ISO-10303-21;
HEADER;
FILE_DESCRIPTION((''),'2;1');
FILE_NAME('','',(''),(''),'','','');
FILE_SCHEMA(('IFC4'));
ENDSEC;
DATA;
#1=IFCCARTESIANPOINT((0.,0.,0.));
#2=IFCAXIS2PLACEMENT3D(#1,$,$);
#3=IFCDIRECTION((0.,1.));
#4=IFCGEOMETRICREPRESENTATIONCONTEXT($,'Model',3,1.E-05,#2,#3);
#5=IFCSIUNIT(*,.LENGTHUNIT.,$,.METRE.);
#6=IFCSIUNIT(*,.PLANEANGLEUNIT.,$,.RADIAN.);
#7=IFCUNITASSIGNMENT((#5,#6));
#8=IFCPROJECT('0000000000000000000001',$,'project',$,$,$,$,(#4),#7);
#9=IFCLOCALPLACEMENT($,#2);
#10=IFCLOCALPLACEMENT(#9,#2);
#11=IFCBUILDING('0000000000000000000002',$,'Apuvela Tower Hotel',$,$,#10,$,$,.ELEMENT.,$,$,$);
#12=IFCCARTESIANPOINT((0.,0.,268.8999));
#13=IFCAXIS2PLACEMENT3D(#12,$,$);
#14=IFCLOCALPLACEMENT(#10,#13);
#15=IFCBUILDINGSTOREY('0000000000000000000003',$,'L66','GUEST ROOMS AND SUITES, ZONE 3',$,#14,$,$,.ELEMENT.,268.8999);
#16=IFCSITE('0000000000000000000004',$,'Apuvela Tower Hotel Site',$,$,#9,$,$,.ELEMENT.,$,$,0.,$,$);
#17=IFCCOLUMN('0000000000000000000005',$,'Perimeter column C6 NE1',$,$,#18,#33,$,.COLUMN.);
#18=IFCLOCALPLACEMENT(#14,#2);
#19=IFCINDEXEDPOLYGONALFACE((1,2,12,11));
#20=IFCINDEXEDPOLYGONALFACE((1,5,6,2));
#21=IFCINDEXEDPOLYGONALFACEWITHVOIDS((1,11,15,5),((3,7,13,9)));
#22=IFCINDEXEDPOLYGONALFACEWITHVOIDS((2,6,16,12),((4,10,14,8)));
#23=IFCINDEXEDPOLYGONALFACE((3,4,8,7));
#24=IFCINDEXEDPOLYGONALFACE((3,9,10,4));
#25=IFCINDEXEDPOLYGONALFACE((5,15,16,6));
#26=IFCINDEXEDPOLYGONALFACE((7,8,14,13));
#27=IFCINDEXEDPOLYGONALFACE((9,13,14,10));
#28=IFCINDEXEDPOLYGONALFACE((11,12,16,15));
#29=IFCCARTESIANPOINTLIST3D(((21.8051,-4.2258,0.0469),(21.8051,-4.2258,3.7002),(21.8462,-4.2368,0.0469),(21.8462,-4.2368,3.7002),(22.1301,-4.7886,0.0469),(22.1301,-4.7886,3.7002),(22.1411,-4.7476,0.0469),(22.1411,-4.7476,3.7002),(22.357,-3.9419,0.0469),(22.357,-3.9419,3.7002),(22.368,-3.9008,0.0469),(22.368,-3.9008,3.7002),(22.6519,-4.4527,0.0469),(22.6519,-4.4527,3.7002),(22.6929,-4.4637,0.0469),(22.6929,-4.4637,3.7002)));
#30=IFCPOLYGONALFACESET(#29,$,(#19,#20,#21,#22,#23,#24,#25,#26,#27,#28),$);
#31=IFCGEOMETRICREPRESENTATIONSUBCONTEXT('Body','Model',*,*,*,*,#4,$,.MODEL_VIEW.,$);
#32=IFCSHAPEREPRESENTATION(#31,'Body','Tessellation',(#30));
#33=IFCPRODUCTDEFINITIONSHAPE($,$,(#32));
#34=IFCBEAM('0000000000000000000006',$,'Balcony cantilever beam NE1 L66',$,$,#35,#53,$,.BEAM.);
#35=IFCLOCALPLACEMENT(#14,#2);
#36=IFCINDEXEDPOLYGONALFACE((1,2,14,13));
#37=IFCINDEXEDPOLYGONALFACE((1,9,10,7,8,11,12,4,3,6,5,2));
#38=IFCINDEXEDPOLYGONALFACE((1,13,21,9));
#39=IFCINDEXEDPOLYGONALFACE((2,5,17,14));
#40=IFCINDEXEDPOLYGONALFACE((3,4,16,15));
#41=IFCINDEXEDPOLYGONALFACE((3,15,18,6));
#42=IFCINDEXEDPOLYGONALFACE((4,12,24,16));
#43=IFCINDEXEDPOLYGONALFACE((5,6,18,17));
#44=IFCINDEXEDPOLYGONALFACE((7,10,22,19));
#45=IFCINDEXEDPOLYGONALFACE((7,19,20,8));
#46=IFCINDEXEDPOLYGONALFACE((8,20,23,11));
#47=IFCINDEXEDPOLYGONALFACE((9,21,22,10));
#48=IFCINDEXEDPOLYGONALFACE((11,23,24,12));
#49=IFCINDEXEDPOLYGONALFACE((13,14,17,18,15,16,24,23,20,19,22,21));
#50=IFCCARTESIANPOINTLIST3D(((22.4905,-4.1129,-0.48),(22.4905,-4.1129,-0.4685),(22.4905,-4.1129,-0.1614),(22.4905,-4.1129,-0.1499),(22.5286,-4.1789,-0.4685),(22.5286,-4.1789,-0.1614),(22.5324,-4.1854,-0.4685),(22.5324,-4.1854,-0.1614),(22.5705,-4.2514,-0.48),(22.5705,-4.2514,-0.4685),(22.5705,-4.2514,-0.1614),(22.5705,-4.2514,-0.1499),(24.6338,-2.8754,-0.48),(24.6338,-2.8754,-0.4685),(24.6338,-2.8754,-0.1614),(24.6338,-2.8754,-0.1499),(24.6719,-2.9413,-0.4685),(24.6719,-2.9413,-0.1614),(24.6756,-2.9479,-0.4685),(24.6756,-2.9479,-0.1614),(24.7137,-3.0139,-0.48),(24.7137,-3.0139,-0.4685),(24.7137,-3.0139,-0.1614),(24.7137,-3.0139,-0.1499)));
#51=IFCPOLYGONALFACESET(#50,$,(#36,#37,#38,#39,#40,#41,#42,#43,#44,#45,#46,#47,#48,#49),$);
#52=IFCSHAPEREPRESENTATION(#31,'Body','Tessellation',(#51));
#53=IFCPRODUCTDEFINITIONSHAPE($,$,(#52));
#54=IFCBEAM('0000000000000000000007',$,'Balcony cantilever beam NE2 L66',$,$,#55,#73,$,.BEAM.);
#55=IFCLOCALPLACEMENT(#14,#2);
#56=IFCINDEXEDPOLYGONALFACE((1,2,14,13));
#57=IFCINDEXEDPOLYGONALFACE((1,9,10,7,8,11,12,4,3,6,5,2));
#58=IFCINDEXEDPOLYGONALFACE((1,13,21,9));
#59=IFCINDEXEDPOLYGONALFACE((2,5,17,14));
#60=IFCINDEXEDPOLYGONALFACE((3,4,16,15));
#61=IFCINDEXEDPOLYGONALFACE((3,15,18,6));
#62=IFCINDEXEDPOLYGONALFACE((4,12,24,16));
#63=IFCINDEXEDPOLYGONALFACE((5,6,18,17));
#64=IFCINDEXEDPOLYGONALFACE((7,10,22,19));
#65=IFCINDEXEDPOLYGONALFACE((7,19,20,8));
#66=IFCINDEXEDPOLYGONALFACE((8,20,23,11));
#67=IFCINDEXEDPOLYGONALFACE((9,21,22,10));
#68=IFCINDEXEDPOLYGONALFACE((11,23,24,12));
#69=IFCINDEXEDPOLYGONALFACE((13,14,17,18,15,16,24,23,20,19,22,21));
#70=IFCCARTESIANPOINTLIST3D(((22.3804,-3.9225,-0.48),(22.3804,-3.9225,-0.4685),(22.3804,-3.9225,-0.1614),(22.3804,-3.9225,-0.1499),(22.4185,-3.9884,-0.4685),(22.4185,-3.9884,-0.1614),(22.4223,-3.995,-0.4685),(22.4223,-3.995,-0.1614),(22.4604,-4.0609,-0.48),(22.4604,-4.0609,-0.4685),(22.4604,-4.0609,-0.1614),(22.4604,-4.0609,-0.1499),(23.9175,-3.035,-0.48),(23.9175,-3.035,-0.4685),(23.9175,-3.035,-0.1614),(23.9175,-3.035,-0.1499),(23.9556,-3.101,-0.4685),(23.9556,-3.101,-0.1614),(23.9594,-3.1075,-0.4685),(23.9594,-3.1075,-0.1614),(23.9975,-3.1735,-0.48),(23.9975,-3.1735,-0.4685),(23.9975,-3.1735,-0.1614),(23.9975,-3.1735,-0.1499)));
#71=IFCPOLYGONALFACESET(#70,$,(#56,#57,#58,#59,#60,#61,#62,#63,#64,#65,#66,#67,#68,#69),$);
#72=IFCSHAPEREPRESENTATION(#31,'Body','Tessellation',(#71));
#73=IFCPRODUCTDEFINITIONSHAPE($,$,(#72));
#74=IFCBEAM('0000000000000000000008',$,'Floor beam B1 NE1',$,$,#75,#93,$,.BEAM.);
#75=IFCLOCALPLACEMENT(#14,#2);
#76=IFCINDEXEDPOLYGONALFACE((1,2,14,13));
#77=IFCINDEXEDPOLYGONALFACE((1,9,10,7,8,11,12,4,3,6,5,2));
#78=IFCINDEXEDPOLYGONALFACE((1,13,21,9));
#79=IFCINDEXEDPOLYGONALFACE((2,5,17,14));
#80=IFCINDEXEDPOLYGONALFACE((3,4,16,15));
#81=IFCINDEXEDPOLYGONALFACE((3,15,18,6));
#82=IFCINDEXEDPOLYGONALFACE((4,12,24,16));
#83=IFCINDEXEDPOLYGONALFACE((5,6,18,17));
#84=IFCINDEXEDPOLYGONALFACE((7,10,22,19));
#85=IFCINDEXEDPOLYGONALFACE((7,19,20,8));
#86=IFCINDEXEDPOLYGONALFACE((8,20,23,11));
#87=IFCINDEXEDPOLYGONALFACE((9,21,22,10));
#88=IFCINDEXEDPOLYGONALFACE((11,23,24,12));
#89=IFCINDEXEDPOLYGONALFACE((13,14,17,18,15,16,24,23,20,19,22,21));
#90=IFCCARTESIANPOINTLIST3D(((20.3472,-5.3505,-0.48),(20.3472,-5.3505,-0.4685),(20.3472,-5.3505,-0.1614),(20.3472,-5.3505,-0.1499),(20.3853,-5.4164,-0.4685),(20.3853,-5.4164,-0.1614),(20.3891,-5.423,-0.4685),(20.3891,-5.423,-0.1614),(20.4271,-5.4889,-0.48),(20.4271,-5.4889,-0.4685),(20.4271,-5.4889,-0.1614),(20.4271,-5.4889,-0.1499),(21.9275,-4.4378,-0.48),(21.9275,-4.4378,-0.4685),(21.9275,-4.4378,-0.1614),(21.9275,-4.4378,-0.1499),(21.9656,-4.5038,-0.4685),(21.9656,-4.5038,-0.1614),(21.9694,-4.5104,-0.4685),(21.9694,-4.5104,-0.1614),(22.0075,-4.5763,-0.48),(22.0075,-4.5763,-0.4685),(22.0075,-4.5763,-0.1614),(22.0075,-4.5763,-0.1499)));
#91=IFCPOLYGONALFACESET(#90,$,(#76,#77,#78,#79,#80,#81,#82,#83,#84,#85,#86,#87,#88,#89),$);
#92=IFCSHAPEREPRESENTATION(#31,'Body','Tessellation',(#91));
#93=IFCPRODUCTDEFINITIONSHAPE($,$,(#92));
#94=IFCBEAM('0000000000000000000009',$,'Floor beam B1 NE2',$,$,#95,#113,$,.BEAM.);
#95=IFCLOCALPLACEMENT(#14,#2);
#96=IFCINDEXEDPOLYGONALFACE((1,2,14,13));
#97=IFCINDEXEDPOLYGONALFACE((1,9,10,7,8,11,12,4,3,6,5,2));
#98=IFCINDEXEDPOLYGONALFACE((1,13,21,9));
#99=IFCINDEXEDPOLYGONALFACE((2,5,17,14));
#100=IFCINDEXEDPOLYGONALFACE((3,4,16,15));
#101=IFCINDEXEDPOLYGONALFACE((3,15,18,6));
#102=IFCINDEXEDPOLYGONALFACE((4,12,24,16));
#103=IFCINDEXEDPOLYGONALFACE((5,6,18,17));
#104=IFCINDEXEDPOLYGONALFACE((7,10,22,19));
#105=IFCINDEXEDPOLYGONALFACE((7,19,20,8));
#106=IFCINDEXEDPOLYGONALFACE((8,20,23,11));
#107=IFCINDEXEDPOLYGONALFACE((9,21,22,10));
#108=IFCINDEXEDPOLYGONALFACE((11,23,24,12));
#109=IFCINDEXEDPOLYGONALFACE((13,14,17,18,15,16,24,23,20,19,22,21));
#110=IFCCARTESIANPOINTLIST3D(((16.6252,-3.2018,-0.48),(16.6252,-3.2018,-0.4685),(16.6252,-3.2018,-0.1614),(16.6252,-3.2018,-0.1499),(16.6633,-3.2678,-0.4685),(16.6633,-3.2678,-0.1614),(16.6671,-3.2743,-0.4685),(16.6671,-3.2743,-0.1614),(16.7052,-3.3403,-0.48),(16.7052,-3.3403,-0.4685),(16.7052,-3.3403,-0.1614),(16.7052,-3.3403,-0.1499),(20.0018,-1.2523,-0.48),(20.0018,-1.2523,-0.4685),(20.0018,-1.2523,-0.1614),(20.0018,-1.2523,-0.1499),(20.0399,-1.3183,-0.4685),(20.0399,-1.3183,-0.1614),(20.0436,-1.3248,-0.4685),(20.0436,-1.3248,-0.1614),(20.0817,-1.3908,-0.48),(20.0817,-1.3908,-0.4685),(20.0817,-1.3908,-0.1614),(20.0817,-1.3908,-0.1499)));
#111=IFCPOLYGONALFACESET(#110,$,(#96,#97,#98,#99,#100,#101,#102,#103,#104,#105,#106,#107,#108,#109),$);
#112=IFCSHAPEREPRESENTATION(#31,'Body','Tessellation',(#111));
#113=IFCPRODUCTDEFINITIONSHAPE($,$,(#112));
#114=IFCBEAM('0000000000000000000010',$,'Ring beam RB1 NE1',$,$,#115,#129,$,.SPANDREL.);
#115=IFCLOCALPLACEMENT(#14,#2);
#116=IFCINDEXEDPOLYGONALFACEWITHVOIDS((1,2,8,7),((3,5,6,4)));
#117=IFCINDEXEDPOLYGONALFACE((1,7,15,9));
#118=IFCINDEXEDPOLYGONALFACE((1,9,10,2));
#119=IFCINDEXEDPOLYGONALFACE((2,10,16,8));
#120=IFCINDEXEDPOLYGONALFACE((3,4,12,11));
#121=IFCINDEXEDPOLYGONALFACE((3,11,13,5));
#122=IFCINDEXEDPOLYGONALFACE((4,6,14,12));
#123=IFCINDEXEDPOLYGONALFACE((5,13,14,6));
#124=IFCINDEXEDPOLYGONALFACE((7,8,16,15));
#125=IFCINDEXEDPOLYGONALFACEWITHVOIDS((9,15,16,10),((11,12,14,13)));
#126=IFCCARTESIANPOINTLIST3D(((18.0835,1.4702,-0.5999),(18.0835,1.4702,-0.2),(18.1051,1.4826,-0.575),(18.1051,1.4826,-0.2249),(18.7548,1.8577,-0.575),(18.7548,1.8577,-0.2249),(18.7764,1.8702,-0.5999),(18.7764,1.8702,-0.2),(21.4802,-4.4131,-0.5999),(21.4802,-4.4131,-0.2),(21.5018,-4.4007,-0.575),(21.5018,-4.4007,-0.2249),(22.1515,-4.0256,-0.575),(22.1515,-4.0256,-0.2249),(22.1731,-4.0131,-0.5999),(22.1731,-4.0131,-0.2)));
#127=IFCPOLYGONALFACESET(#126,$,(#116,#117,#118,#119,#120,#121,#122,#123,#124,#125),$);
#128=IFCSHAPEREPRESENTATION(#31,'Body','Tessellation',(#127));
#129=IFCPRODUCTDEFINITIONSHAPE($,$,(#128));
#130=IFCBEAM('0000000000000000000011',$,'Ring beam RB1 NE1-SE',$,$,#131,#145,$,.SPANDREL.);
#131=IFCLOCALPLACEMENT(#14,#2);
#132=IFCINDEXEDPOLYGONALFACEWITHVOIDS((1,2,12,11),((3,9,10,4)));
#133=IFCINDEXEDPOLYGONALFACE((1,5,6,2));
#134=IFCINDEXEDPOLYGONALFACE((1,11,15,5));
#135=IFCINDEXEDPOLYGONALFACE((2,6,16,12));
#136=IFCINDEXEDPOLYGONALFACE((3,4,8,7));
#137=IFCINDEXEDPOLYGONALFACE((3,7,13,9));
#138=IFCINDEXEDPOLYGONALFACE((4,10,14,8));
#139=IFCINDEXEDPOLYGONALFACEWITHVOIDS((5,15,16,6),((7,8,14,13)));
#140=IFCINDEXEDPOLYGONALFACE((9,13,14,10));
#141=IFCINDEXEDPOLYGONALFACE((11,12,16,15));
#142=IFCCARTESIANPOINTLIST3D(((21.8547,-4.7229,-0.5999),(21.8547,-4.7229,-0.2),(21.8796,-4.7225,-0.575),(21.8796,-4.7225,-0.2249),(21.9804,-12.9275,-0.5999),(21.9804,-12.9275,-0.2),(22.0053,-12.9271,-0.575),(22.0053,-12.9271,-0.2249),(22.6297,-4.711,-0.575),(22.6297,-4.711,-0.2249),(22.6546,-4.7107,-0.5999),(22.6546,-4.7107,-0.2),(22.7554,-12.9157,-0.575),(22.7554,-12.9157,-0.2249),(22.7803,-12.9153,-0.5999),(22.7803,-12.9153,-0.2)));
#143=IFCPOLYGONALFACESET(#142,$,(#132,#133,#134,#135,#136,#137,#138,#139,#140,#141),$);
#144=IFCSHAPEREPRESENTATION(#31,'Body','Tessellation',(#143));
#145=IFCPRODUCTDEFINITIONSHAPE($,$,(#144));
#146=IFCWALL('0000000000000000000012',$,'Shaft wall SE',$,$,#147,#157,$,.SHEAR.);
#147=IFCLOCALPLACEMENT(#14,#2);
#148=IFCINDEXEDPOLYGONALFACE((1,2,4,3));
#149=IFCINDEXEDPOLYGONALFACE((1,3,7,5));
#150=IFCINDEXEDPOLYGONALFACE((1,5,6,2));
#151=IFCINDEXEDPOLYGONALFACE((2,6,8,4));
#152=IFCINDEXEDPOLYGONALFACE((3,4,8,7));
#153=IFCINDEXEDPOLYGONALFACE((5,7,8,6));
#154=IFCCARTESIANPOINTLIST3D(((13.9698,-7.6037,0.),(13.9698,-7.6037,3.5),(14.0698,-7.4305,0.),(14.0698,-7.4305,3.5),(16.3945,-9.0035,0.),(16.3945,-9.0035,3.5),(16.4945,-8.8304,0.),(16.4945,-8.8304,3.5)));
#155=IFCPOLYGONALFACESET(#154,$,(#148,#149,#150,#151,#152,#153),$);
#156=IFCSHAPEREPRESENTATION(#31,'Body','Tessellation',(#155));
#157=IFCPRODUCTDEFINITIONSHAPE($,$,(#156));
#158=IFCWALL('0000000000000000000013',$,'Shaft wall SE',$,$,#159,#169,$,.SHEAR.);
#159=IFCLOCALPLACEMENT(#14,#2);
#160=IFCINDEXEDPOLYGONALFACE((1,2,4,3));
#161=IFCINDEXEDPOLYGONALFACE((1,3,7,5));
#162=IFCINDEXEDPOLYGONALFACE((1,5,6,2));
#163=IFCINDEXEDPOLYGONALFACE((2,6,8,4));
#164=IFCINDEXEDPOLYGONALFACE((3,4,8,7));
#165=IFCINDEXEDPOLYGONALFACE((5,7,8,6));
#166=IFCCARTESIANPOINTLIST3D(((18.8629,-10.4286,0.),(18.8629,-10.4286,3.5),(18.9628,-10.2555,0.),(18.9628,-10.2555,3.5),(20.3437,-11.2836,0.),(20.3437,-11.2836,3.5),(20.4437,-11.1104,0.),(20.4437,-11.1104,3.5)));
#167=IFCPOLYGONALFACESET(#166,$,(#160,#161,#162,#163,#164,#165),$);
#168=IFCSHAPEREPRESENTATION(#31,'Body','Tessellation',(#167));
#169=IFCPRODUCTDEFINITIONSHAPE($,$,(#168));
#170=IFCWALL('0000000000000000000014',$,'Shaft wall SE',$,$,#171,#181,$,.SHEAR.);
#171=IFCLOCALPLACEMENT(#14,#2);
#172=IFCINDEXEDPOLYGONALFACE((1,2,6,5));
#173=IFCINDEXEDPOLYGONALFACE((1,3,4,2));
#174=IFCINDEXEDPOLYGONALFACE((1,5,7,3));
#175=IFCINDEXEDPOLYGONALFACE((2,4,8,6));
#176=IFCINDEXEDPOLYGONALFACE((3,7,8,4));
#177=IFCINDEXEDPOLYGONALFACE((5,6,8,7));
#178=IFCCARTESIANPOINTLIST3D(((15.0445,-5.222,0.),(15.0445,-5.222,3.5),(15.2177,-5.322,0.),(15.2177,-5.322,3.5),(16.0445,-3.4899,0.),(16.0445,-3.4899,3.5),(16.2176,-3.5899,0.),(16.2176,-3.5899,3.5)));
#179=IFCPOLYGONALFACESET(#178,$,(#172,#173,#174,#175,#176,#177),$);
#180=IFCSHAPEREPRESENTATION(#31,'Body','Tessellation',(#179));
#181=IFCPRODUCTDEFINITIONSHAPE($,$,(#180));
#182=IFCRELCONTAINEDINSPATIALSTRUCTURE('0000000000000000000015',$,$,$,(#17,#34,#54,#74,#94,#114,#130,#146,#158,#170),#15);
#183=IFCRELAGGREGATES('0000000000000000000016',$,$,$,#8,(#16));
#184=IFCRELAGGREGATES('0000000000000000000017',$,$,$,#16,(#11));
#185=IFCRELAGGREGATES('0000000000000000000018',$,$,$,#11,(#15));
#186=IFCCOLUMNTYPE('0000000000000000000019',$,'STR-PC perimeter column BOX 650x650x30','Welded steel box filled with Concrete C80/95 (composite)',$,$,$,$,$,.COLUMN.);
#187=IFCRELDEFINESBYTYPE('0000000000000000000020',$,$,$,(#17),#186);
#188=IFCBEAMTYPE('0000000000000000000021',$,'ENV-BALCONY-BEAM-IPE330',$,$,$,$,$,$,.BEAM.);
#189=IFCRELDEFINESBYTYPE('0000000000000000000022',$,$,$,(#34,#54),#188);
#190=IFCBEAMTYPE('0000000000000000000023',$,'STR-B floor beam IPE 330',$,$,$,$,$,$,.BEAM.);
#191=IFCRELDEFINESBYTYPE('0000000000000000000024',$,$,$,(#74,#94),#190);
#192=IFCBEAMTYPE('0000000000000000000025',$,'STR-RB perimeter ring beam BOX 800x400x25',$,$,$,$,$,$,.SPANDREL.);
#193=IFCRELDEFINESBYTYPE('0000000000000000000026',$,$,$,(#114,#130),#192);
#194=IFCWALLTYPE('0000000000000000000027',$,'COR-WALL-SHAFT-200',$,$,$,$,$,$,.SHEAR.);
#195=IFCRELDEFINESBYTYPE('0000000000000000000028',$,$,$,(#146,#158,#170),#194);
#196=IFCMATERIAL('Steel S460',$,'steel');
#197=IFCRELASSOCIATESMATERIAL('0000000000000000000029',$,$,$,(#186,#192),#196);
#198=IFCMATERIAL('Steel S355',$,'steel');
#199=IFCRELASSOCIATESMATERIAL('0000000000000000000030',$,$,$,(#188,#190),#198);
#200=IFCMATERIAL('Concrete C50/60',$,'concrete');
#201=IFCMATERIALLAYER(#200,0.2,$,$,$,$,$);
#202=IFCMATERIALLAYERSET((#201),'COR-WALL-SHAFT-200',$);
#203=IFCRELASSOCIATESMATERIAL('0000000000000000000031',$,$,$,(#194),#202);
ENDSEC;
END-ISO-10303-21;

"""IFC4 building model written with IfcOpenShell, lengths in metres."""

from ifc_helpers import new_model, si_unit, direction, frame, frame_2d, origin, origin_2d, place, context, subcontext, project, spatial, rectangle, hollow_rectangle, i_section, extrude, boolean, halfspace, material, layer, layer_set, material_profile, profile_set, type_object, element, save


model = new_model("IFC4")

# Units and contexts
model_context = context("Model", 3, precision=1e-05, world=origin(), true_north=direction((0.0, 1.0)))
body_context = subcontext(model_context, "Body", "Model", "MODEL_VIEW")
ifc_project = project(units=[si_unit("LENGTHUNIT", "METRE"), si_unit("PLANEANGLEUNIT", "RADIAN")], contexts=[model_context])

# Site, building, storey
site_placement = place(None, origin())
site = spatial("IfcSite", under=ifc_project, at=site_placement, Name="Apuvela Tower Hotel Site", CompositionType="ELEMENT", RefElevation=0.0)
building_placement = place(site_placement, origin())
building = spatial("IfcBuilding", under=site, at=building_placement, Name="Apuvela Tower Hotel", CompositionType="ELEMENT")
storey_placement = place(building_placement, frame((0.0, 0.0, 268.8999)))
storey = spatial("IfcBuildingStorey", under=building, at=storey_placement, Name="L66", Description="GUEST ROOMS AND SUITES, ZONE 3", CompositionType="ELEMENT", Elevation=268.8999)

# Column
ifc_material_1 = material(Name="Steel S460", Category="steel")
ifc_material_profile_1 = material_profile(ifc_material_1, hollow_rectangle(XDim=0.6499, YDim=0.6499, WallThickness=0.03, at=origin_2d()), Name="BOX 650x650x30")
ifc_material_2 = material(Name="Concrete C80/95", Category="concrete")
ifc_material_profile_2 = material_profile(ifc_material_2, rectangle(XDim=0.5901, YDim=0.5901, at=origin_2d()), Name="Concrete C80/95 infill")
ifc_profile_set_1 = profile_set([ifc_material_profile_1, ifc_material_profile_2], Name="Steel S460")
column_type = type_object("IfcColumnType", Name="STR-PC perimeter column BOX 650x650x30", Description="Welded steel box filled with Concrete C80/95 (composite)", PredefinedType="COLUMN", material=ifc_profile_set_1)
column_placement = place(storey_placement, frame((22.249, -4.3447, 0.0), z_axis=(0.0, 0.0, 1.0), x_axis=(-0.5, 0.866025, 0.0)))
element("IfcColumn", 1, at=column_placement, inside=storey, type_object=column_type, Name="Perimeter column C6 NE1", PredefinedType="COLUMN", context=body_context, shape_type="SweptSolid", body=[
    boolean("DIFFERENCE", extrude(hollow_rectangle(XDim=0.6499, YDim=0.6499, WallThickness=0.03, at=origin_2d()), origin(), (0.0, 0.0, 1.0), 3.7002), halfspace(frame((0.0, 0.0, 0.0469), z_axis=(0.0, 0.0, 1.0), x_axis=(1.0, 0.0, 0.0)), True)),
])

# Beams
ifc_material_3 = material(Name="Steel S355", Category="steel")
ifc_material_profile_3 = material_profile(ifc_material_3, i_section(OverallWidth=0.1599, OverallDepth=0.3301, WebThickness=0.0076, FlangeThickness=0.0115, at=origin_2d()), Name="IPE 330")
ifc_profile_set_2 = profile_set([ifc_material_profile_3], Name="Steel S355")
beam_type_1 = type_object("IfcBeamType", Name="ENV-BALCONY-BEAM-IPE330", PredefinedType="BEAM", material=ifc_profile_set_2)
beam_1_placement = place(storey_placement, frame((22.5305, -4.1821, -0.3149), z_axis=(0.866007, 0.500033, 0.0), x_axis=(-0.500033, 0.866007, 0.0)))
element("IfcBeam", 2, at=beam_1_placement, inside=storey, type_object=beam_type_1, Name="Balcony cantilever beam NE1 L66", PredefinedType="BEAM", context=body_context, shape_type="SweptSolid", body=[
    extrude(i_section(OverallWidth=0.1599, OverallDepth=0.3301, WebThickness=0.0076, FlangeThickness=0.0115, at=origin_2d()), origin(), (0.0, 0.0, 1.0), 2.4749),
])
beam_2_placement = place(storey_placement, frame((22.4204, -3.9917, -0.3149), z_axis=(0.866025, 0.5, 0.0), x_axis=(-0.5, 0.866025, 0.0)))
element("IfcBeam", 3, at=beam_2_placement, inside=storey, type_object=beam_type_1, Name="Balcony cantilever beam NE2 L66", PredefinedType="BEAM", context=body_context, shape_type="SweptSolid", body=[
    extrude(i_section(OverallWidth=0.1599, OverallDepth=0.3301, WebThickness=0.0076, FlangeThickness=0.0115, at=origin_2d()), origin(), (0.0, 0.0, 1.0), 1.7749),
])
ifc_material_profile_4 = material_profile(ifc_material_3, i_section(OverallWidth=0.1599, OverallDepth=0.3301, WebThickness=0.0076, FlangeThickness=0.0115, at=origin_2d()), Name="IPE 330")
ifc_profile_set_3 = profile_set([ifc_material_profile_4], Name="Steel S355")
beam_type_2 = type_object("IfcBeamType", Name="STR-B floor beam IPE 330", PredefinedType="BEAM", material=ifc_profile_set_3)
beam_3_placement = place(storey_placement, frame((21.9675, -4.5071, -0.3149), z_axis=(-0.865978, -0.500081, 0.0), x_axis=(0.500081, -0.865978, 0.0)))
element("IfcBeam", 4, at=beam_3_placement, inside=storey, type_object=beam_type_2, Name="Floor beam B1 NE1", PredefinedType="BEAM", context=body_context, shape_type="SweptSolid", body=[
    extrude(i_section(OverallWidth=0.1599, OverallDepth=0.3301, WebThickness=0.0076, FlangeThickness=0.0115, at=origin_2d()), origin(), (0.0, 0.0, 1.0), 1.825),
])
beam_4_placement = place(storey_placement, frame((20.0417, -1.3215, -0.3149), z_axis=(-0.866019, -0.500012, 0.0), x_axis=(0.500012, -0.866019, 0.0)))
element("IfcBeam", 5, at=beam_4_placement, inside=storey, type_object=beam_type_2, Name="Floor beam B1 NE2", PredefinedType="BEAM", context=body_context, shape_type="SweptSolid", body=[
    extrude(i_section(OverallWidth=0.1599, OverallDepth=0.3301, WebThickness=0.0076, FlangeThickness=0.0115, at=origin_2d()), origin(), (0.0, 0.0, 1.0), 3.8989),
])
ifc_material_profile_5 = material_profile(ifc_material_1, hollow_rectangle(XDim=0.8, YDim=0.3999, WallThickness=0.0249, at=origin_2d()), Name="BOX 800x400x25")
ifc_profile_set_4 = profile_set([ifc_material_profile_5], Name="Steel S460")
beam_type_3 = type_object("IfcBeamType", Name="STR-RB perimeter ring beam BOX 800x400x25", PredefinedType="SPANDREL", material=ifc_profile_set_4)
beam_5_placement = place(storey_placement, frame((21.8267, -4.2131, -0.3999), z_axis=(-0.5, 0.866025, 0.0), x_axis=(-0.866025, -0.5, 0.0)))
element("IfcBeam", 6, at=beam_5_placement, inside=storey, type_object=beam_type_3, Name="Ring beam RB1 NE1", PredefinedType="SPANDREL", context=body_context, shape_type="SweptSolid", body=[
    extrude(hollow_rectangle(XDim=0.8, YDim=0.3999, WallThickness=0.0249, at=origin_2d()), origin(), (0.0, 0.0, 1.0), 6.7935),
])
beam_6_placement = place(storey_placement, frame((22.2546, -4.7168, -0.3999), z_axis=(0.015323, -0.999883, 0.0), x_axis=(0.999883, 0.015323, 0.0)))
element("IfcBeam", 7, at=beam_6_placement, inside=storey, type_object=beam_type_3, Name="Ring beam RB1 NE1-SE", PredefinedType="SPANDREL", context=body_context, shape_type="SweptSolid", body=[
    extrude(hollow_rectangle(XDim=0.8, YDim=0.3999, WallThickness=0.0249, at=origin_2d()), origin(), (0.0, 0.0, 1.0), 8.2056),
])

# Walls
ifc_material_4 = material(Name="Concrete C50/60", Category="concrete")
ifc_layer_1 = layer(ifc_material_4, 0.2)
ifc_layer_set_1 = layer_set([ifc_layer_1], Name="COR-WALL-SHAFT-200")
wall_type_1 = type_object("IfcWallType", Name="COR-WALL-SHAFT-200", PredefinedType="SHEAR", material=ifc_layer_set_1)
wall_1_placement = place(storey_placement, frame((14.0198, -7.5171, 0.0), z_axis=(0.0, 0.0, 1.0), x_axis=(0.866035, -0.499984, 0.0)))
element("IfcWall", 8, at=wall_1_placement, inside=storey, type_object=wall_type_1, Name="Shaft wall SE", PredefinedType="SHEAR", context=body_context, shape_type="SweptSolid", body=[
    extrude(rectangle(XDim=2.7998, YDim=0.2, at=frame_2d((1.3999, 0.0))), origin(), (0.0, 0.0, 1.0), 3.5),
])
wall_2_placement = place(storey_placement, frame((18.9128, -10.342, 0.0), z_axis=(0.0, 0.0, 1.0), x_axis=(0.866038, -0.499978, 0.0)))
element("IfcWall", 9, at=wall_2_placement, inside=storey, type_object=wall_type_1, Name="Shaft wall SE", PredefinedType="SHEAR", context=body_context, shape_type="SweptSolid", body=[
    extrude(rectangle(XDim=1.71, YDim=0.2, at=frame_2d((0.855, 0.0))), origin(), (0.0, 0.0, 1.0), 3.5),
])
for number, where, z_axis, x_axis, name in (
    (10, (15.1311, -5.272, 0.0), (0.0, 0.0, 1.0), (0.499973, 0.866041, 0.0), "Shaft wall SE"),
):
    element("IfcWall", number, at=place(storey_placement, frame(where, z_axis=z_axis, x_axis=x_axis)), inside=storey, type_object=wall_type_1, Name=name, PredefinedType="SHEAR", context=body_context, shape_type="SweptSolid", body=[
        extrude(rectangle(XDim=2.0, YDim=0.2, at=frame_2d((1.0, 0.0))), origin(), (0.0, 0.0, 1.0), 3.5),
    ])

save(model, "model.ifc")
